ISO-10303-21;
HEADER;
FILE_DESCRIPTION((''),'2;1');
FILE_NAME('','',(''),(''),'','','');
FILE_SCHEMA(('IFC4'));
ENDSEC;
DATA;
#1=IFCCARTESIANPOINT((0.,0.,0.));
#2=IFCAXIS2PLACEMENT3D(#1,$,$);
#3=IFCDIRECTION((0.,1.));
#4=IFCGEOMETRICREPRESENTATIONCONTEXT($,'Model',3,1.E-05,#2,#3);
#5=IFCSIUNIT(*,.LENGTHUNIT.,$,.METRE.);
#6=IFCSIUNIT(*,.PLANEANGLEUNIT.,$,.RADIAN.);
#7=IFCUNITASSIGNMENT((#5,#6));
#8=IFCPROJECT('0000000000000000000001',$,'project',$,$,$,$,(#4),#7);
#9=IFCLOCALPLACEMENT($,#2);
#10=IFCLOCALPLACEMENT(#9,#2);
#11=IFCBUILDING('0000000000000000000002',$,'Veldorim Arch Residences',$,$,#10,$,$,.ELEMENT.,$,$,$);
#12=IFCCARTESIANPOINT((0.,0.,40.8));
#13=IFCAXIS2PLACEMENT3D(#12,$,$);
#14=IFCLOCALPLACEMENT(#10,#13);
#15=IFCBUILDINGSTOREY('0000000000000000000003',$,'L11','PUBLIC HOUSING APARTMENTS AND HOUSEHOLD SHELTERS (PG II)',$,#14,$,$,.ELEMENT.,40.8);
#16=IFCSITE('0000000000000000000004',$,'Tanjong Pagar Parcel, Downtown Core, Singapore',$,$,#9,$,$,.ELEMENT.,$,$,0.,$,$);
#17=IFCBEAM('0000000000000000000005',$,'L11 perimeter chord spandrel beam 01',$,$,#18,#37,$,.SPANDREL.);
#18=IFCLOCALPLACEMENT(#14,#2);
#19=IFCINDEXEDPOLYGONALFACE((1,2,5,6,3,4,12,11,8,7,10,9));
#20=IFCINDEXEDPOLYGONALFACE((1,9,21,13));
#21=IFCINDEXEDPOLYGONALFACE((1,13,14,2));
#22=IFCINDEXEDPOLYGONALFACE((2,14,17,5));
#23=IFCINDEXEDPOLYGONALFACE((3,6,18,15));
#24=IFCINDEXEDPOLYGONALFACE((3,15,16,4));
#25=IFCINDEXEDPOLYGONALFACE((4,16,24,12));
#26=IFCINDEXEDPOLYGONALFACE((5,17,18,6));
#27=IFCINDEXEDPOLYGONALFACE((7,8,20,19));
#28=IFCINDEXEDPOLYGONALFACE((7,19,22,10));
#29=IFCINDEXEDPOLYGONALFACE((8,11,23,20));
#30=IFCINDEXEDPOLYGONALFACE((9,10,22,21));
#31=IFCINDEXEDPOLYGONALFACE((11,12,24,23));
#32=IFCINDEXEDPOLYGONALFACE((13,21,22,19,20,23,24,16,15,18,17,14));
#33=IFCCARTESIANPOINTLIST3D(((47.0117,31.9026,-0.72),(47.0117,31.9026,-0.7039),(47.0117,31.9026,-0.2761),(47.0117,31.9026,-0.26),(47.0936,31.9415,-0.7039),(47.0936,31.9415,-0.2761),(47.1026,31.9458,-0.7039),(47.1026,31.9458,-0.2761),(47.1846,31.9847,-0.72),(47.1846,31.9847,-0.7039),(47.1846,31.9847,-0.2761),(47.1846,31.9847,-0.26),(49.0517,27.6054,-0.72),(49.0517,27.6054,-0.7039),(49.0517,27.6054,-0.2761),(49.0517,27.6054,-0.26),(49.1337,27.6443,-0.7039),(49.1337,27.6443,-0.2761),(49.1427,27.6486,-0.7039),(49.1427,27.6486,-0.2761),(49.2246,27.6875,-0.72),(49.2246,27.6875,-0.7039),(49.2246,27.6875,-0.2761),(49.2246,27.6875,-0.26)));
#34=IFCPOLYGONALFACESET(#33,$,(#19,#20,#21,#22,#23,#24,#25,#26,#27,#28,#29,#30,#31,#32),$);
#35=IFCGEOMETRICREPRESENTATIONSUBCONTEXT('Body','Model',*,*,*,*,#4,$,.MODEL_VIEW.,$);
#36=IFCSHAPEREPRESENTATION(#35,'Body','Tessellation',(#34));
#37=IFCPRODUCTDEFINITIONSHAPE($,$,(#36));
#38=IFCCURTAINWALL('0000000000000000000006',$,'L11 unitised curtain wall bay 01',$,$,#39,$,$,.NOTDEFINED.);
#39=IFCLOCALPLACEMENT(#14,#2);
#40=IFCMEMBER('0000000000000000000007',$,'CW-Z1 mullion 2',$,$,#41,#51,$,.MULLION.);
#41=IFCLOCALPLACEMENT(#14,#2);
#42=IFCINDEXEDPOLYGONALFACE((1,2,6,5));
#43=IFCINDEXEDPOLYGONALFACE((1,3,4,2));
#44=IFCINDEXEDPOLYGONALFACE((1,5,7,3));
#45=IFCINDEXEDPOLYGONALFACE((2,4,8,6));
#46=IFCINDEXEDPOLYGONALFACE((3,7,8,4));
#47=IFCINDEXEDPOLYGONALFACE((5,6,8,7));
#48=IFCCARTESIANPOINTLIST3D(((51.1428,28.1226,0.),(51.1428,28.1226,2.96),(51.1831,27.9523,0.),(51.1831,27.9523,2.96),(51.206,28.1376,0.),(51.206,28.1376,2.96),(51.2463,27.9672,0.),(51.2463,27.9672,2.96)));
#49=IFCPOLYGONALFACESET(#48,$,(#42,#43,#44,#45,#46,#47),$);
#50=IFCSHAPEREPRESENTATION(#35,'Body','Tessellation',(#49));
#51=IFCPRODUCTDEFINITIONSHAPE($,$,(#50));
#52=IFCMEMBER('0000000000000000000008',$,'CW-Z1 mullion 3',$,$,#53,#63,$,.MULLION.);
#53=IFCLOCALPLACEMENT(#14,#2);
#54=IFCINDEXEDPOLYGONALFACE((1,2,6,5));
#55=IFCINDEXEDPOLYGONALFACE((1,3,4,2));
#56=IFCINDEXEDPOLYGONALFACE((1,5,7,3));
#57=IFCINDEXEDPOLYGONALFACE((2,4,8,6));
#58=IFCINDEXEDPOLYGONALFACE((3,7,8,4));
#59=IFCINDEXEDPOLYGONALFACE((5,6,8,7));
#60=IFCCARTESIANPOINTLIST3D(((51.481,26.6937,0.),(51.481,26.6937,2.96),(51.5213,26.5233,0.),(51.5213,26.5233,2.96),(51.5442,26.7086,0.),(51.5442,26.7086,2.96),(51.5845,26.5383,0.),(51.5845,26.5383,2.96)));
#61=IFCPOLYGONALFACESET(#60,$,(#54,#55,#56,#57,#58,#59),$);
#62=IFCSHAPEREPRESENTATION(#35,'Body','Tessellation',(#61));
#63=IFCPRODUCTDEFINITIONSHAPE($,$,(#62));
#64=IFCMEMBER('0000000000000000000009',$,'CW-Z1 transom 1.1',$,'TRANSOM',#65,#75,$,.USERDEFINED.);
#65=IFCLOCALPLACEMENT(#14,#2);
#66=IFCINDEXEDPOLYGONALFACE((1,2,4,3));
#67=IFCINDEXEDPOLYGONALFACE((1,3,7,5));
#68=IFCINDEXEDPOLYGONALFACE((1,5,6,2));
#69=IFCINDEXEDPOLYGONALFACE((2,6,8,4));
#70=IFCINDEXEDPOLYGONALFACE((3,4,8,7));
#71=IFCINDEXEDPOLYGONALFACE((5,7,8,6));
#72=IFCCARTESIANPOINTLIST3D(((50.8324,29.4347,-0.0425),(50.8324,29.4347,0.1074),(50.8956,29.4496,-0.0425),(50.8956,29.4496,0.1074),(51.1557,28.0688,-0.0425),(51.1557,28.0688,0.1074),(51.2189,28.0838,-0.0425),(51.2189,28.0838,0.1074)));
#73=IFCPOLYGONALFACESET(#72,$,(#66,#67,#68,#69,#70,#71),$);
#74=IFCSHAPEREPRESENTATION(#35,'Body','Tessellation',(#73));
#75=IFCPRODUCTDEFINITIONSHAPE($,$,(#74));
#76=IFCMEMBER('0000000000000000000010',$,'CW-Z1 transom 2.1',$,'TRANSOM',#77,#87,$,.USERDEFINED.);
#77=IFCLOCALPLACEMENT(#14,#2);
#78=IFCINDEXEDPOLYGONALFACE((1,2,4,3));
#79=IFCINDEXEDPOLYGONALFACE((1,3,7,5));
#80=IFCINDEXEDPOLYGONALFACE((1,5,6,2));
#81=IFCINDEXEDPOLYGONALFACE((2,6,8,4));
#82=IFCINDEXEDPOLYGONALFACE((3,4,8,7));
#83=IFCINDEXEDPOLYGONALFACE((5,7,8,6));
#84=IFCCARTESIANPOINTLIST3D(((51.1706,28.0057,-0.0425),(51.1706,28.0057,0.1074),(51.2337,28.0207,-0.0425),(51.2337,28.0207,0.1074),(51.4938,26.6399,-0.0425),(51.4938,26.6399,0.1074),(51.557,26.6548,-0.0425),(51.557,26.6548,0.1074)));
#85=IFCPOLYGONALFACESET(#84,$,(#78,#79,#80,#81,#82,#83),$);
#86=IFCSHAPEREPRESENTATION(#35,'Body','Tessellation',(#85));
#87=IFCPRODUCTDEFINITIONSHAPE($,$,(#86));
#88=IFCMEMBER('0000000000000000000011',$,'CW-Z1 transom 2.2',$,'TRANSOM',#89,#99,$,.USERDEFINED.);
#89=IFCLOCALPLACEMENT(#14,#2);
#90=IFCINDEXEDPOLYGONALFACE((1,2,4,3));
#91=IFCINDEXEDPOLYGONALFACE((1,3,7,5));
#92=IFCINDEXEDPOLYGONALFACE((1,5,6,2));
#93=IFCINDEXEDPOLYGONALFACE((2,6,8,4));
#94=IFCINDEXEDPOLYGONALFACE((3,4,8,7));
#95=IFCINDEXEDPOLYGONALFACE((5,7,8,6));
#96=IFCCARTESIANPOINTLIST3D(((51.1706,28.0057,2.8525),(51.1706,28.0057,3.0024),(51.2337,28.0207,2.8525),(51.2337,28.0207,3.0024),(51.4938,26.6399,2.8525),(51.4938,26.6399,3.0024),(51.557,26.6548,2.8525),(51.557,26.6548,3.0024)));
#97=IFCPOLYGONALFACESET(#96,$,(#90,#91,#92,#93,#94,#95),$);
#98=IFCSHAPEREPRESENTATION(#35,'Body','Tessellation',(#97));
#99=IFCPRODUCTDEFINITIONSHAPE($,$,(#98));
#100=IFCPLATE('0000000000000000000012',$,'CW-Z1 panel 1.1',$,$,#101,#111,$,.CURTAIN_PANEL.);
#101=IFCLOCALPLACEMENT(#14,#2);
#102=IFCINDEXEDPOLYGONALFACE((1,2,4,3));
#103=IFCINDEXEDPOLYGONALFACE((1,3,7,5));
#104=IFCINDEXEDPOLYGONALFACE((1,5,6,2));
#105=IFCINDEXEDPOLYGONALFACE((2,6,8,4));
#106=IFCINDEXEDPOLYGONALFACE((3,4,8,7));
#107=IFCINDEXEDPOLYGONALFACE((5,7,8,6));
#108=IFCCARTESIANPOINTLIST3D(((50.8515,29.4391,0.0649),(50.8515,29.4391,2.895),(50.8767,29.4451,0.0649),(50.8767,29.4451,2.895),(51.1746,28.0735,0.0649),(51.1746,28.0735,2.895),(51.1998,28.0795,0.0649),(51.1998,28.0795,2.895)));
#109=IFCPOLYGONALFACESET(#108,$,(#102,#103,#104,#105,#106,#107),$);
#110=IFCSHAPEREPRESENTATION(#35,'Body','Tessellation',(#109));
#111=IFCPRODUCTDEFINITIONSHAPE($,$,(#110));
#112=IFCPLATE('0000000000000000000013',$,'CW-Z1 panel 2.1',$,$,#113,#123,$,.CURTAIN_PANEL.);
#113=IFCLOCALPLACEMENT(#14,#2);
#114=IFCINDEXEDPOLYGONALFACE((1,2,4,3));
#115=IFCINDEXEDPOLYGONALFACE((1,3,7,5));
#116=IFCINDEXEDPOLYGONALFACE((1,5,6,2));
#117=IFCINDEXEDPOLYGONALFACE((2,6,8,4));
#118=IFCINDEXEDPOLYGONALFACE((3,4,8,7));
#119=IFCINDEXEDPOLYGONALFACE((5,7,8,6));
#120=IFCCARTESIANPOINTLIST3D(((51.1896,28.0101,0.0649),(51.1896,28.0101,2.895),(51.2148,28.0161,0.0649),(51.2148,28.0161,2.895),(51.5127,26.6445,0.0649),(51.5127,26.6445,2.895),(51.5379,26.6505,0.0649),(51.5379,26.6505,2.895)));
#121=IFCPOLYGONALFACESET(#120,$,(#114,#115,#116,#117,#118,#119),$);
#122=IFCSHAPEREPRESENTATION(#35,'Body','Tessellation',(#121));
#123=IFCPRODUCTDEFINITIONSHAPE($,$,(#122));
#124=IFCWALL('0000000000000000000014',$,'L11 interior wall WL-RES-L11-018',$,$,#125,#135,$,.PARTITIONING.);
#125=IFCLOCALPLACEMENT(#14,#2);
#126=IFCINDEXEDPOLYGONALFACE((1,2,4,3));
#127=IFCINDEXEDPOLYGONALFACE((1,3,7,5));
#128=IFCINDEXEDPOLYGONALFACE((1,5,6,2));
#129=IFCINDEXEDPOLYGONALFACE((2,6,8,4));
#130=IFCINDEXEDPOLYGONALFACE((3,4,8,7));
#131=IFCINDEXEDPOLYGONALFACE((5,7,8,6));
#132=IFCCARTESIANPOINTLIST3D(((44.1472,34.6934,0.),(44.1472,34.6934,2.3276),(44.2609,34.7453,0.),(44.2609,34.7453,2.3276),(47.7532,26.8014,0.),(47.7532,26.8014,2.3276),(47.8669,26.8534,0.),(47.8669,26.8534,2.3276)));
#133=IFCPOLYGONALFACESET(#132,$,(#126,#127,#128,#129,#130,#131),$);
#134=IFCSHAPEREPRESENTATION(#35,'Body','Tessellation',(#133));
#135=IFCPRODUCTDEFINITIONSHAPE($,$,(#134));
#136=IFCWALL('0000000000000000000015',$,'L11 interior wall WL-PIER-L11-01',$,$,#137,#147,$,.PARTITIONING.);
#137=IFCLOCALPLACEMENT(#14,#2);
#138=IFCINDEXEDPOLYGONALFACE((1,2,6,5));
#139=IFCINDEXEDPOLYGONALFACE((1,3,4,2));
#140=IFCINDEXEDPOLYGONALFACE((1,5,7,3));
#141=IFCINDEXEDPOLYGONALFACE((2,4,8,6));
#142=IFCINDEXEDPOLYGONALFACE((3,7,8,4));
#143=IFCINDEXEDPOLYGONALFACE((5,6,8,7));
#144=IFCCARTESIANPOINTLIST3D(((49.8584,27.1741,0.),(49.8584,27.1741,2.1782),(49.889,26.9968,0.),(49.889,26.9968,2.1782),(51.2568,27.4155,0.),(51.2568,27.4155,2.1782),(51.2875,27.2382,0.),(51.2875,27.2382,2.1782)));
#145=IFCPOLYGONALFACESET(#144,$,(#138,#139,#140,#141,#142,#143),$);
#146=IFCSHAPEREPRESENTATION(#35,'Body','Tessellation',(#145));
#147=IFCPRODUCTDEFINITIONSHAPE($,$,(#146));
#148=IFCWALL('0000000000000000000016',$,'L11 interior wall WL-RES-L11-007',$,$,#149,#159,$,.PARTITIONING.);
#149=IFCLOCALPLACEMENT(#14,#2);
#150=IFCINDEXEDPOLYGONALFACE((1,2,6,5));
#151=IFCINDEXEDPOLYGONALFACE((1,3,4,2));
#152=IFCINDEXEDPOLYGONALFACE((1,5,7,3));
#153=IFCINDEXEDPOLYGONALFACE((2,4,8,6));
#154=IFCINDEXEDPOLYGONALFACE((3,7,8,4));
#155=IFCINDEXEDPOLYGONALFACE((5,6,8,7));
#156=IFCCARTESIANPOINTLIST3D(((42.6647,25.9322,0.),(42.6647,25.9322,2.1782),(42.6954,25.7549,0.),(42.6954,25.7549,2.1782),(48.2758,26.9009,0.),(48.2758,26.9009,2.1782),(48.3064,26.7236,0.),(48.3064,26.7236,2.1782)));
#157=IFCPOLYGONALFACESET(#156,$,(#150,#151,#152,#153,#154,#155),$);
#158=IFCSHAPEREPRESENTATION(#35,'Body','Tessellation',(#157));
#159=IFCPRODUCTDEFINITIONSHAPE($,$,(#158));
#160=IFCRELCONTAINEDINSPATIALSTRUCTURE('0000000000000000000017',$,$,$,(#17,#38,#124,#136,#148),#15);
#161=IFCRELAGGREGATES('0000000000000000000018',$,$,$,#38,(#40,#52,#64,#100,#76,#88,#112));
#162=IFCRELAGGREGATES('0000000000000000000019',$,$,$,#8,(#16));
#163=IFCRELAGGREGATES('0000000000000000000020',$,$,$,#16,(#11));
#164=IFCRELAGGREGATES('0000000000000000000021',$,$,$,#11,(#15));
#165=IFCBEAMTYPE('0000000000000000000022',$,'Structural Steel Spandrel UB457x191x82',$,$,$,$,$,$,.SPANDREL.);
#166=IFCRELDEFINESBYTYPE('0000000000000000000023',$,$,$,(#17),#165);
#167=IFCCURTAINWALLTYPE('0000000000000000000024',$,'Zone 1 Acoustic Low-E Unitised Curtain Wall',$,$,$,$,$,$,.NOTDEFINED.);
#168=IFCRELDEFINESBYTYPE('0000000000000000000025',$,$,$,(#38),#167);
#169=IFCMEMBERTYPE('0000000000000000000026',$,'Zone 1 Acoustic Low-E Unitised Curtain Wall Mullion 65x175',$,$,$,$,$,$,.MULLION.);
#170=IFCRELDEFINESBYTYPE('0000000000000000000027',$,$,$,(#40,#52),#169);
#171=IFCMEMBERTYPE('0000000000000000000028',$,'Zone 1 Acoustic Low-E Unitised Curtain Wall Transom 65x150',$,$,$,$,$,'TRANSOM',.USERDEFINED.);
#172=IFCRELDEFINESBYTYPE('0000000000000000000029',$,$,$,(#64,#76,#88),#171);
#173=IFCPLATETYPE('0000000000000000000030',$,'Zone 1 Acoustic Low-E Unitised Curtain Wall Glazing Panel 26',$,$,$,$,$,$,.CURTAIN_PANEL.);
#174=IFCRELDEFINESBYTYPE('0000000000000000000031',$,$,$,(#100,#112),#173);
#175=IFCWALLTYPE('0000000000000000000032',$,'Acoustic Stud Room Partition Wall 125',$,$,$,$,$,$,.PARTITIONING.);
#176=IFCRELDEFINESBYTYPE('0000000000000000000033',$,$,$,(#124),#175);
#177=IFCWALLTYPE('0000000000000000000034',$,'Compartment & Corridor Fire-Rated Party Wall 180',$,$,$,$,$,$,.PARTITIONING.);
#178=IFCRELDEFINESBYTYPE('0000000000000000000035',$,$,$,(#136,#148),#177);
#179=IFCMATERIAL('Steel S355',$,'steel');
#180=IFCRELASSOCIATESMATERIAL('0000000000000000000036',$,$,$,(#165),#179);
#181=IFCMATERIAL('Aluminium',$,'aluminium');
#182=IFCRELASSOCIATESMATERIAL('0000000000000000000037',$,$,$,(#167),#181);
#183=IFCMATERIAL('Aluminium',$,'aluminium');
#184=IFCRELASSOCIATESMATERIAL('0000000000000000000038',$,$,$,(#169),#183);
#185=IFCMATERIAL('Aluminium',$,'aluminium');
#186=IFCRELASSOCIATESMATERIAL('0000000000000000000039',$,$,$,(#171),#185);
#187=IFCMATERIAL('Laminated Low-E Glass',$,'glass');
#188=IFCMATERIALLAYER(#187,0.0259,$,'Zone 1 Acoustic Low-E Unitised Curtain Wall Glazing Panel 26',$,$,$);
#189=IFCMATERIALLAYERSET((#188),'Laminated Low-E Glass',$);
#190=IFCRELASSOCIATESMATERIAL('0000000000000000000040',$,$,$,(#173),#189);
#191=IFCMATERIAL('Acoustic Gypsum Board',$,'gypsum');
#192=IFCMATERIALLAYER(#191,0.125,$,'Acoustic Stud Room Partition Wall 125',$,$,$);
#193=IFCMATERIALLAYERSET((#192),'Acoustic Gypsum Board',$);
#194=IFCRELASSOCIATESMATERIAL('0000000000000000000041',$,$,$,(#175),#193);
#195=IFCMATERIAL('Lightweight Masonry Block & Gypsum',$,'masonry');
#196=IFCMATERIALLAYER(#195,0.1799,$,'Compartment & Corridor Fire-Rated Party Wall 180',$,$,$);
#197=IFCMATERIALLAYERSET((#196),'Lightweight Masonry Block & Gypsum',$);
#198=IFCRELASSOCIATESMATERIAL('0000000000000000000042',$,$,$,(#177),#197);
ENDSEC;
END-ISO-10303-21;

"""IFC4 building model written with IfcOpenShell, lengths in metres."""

from ifc_helpers import new_model, si_unit, direction, frame, frame_2d, origin, origin_2d, place, context, subcontext, project, spatial, rectangle, i_section, extrude, material, layer, layer_set, material_profile, profile_set, type_object, element, aggregate, save


model = new_model("IFC4")

# Units and contexts
model_context = context("Model", 3, precision=1e-05, world=origin(), true_north=direction((0.0, 1.0)))
body_context = subcontext(model_context, "Body", "Model", "MODEL_VIEW")
ifc_project = project(units=[si_unit("LENGTHUNIT", "METRE"), si_unit("PLANEANGLEUNIT", "RADIAN")], contexts=[model_context])

# Site, building, storey
site_placement = place(None, origin())
site = spatial("IfcSite", under=ifc_project, at=site_placement, Name="Tanjong Pagar Parcel, Downtown Core, Singapore", CompositionType="ELEMENT", RefElevation=0.0)
building_placement = place(site_placement, origin())
building = spatial("IfcBuilding", under=site, at=building_placement, Name="Veldorim Arch Residences", CompositionType="ELEMENT")
storey_placement = place(building_placement, frame((0.0, 0.0, 40.8)))
storey = spatial("IfcBuildingStorey", under=building, at=storey_placement, Name="L11", Description="PUBLIC HOUSING APARTMENTS AND HOUSEHOLD SHELTERS (PG II)", CompositionType="ELEMENT", Elevation=40.8)

# Beam
ifc_material_1 = material(Name="Steel S355", Category="steel")
ifc_material_profile_1 = material_profile(ifc_material_1, i_section(OverallWidth=0.1914, OverallDepth=0.46, WebThickness=0.01, FlangeThickness=0.0161, at=origin_2d()), Name="UB457x191x82")
ifc_profile_set_1 = profile_set([ifc_material_profile_1], Name="Steel S355")
beam_type_1 = type_object("IfcBeamType", Name="Structural Steel Spandrel UB457x191x82", PredefinedType="SPANDREL", material=ifc_profile_set_1)
beam_1_placement = place(storey_placement, frame((49.1382, 27.6465, -0.49), z_axis=(-0.428869, 0.903366, 0.0), x_axis=(-0.903366, -0.428869, 0.0)))
element("IfcBeam", 1, at=beam_1_placement, inside=storey, type_object=beam_type_1, Name="L11 perimeter chord spandrel beam 01", PredefinedType="SPANDREL", context=body_context, shape_type="SweptSolid", body=[
    extrude(i_section(OverallWidth=0.1914, OverallDepth=0.46, WebThickness=0.01, FlangeThickness=0.0161, at=origin_2d()), origin(), (0.0, 0.0, 1.0), 4.7568),
])

# Curtain wall, members, plates
ifc_material_2 = material(Name="Aluminium", Category="aluminium")
curtain_wall_type = type_object("IfcCurtainWallType", Name="Zone 1 Acoustic Low-E Unitised Curtain Wall", PredefinedType="NOTDEFINED", material=ifc_material_2)
curtain_wall_placement = place(storey_placement, origin())
curtain_wall = element("IfcCurtainWall", 2, at=curtain_wall_placement, inside=storey, type_object=curtain_wall_type, Name="L11 unitised curtain wall bay 01", PredefinedType="NOTDEFINED")
ifc_material_3 = material(Name="Aluminium", Category="aluminium")
ifc_material_profile_2 = material_profile(ifc_material_3, rectangle(XDim=0.0649, YDim=0.175, at=origin_2d()), Name="ALU_MUL_65x175")
ifc_profile_set_2 = profile_set([ifc_material_profile_2], Name="Aluminium")
member_type_1 = type_object("IfcMemberType", Name="Zone 1 Acoustic Low-E Unitised Curtain Wall Mullion 65x175", PredefinedType="MULLION", material=ifc_profile_set_2)
member_1_placement = place(storey_placement, frame((51.1946, 28.0449, 0.0), z_axis=(0.0, 0.0, 1.0), x_axis=(0.97313, 0.230257, 0.0)))
member_1 = element("IfcMember", 3, at=member_1_placement, type_object=member_type_1, Name="CW-Z1 mullion 2", PredefinedType="MULLION", context=body_context, shape_type="SweptSolid", body=[
    extrude(rectangle(XDim=0.0649, YDim=0.175, at=origin_2d()), origin(), (0.0, 0.0, 1.0), 2.96),
])
member_2_placement = place(storey_placement, frame((51.5327, 26.616, 0.0), z_axis=(0.0, 0.0, 1.0), x_axis=(0.97313, 0.230257, 0.0)))
member_2 = element("IfcMember", 4, at=member_2_placement, type_object=member_type_1, Name="CW-Z1 mullion 3", PredefinedType="MULLION", context=body_context, shape_type="SweptSolid", body=[
    extrude(rectangle(XDim=0.0649, YDim=0.175, at=origin_2d()), origin(), (0.0, 0.0, 1.0), 2.96),
])
ifc_material_4 = material(Name="Aluminium", Category="aluminium")
ifc_material_profile_3 = material_profile(ifc_material_4, rectangle(XDim=0.0649, YDim=0.1499, at=origin_2d()), Name="ALU_TRN_65x150")
ifc_profile_set_3 = profile_set([ifc_material_profile_3], Name="Aluminium")
member_type_2 = type_object("IfcMemberType", Name="Zone 1 Acoustic Low-E Unitised Curtain Wall Transom 65x150", ElementType="TRANSOM", PredefinedType="USERDEFINED", material=ifc_profile_set_3)
member_3_placement = place(storey_placement, frame((50.864, 29.4421, 0.0325), z_axis=(0.230319, -0.973115, 0.0), x_axis=(0.973115, 0.230319, 0.0)))
member_3 = element("IfcMember", 5, at=member_3_placement, type_object=member_type_2, Name="CW-Z1 transom 1.1", ObjectType="TRANSOM", PredefinedType="USERDEFINED", context=body_context, shape_type="SweptSolid", body=[
    extrude(rectangle(XDim=0.0649, YDim=0.1499, at=origin_2d()), origin(), (0.0, 0.0, 1.0), 1.4036),
])
member_4_placement = place(storey_placement, frame((51.2021, 28.0132, 0.0325), z_axis=(0.230319, -0.973115, 0.0), x_axis=(0.973115, 0.230319, 0.0)))
member_4 = element("IfcMember", 6, at=member_4_placement, type_object=member_type_2, Name="CW-Z1 transom 2.1", ObjectType="TRANSOM", PredefinedType="USERDEFINED", context=body_context, shape_type="SweptSolid", body=[
    extrude(rectangle(XDim=0.0649, YDim=0.1499, at=origin_2d()), origin(), (0.0, 0.0, 1.0), 1.4036),
])
member_5_placement = place(storey_placement, frame((51.2021, 28.0132, 2.9275), z_axis=(0.230319, -0.973115, 0.0), x_axis=(0.973115, 0.230319, 0.0)))
member_5 = element("IfcMember", 7, at=member_5_placement, type_object=member_type_2, Name="CW-Z1 transom 2.2", ObjectType="TRANSOM", PredefinedType="USERDEFINED", context=body_context, shape_type="SweptSolid", body=[
    extrude(rectangle(XDim=0.0649, YDim=0.1499, at=origin_2d()), origin(), (0.0, 0.0, 1.0), 1.4036),
])
ifc_material_5 = material(Name="Laminated Low-E Glass", Category="glass")
ifc_layer_1 = layer(ifc_material_5, 0.0259, Name="Zone 1 Acoustic Low-E Unitised Curtain Wall Glazing Panel 26")
ifc_layer_set_1 = layer_set([ifc_layer_1], Name="Laminated Low-E Glass")
plate_type = type_object("IfcPlateType", Name="Zone 1 Acoustic Low-E Unitised Curtain Wall Glazing Panel 26", PredefinedType="CURTAIN_PANEL", material=ifc_layer_set_1)
plate_1_placement = place(storey_placement, frame((51.0256, 28.7593, 0.0649), z_axis=(0.0, 0.0, 1.0), x_axis=(0.230257, -0.97313, 0.0)))
plate_1 = element("IfcPlate", 8, at=plate_1_placement, type_object=plate_type, Name="CW-Z1 panel 1.1", PredefinedType="CURTAIN_PANEL", context=body_context, shape_type="SweptSolid", body=[
    extrude(rectangle(XDim=1.4033, YDim=0.0259, at=origin_2d()), origin(), (0.0, 0.0, 1.0), 2.8301),
])
plate_2_placement = place(storey_placement, frame((51.3638, 27.3303, 0.0649), z_axis=(0.0, 0.0, 1.0), x_axis=(0.230257, -0.97313, 0.0)))
plate_2 = element("IfcPlate", 9, at=plate_2_placement, type_object=plate_type, Name="CW-Z1 panel 2.1", PredefinedType="CURTAIN_PANEL", context=body_context, shape_type="SweptSolid", body=[
    extrude(rectangle(XDim=1.4033, YDim=0.0259, at=origin_2d()), origin(), (0.0, 0.0, 1.0), 2.8301),
])
aggregate(curtain_wall, [member_1, member_2, member_3, plate_1, member_4, member_5, plate_2])

# Walls
ifc_material_6 = material(Name="Acoustic Gypsum Board", Category="gypsum")
ifc_layer_2 = layer(ifc_material_6, 0.125, Name="Acoustic Stud Room Partition Wall 125")
ifc_layer_set_2 = layer_set([ifc_layer_2], Name="Acoustic Gypsum Board")
wall_type_1 = type_object("IfcWallType", Name="Acoustic Stud Room Partition Wall 125", PredefinedType="PARTITIONING", material=ifc_layer_set_2)
wall_1_placement = place(storey_placement, frame((47.8101, 26.8274, 0.0), z_axis=(0.0, 0.0, 1.0), x_axis=(-0.415594, 0.90955, 0.0)))
element("IfcWall", 10, at=wall_1_placement, inside=storey, type_object=wall_type_1, Name="L11 interior wall WL-RES-L11-018", PredefinedType="PARTITIONING", context=body_context, shape_type="SweptSolid", body=[
    extrude(rectangle(XDim=8.6768, YDim=0.125, at=frame_2d((4.3384, 0.0))), origin(), (0.0, 0.0, 1.0), 2.3276),
])
ifc_material_7 = material(Name="Lightweight Masonry Block & Gypsum", Category="masonry")
ifc_layer_3 = layer(ifc_material_7, 0.1799, Name="Compartment & Corridor Fire-Rated Party Wall 180")
ifc_layer_set_3 = layer_set([ifc_layer_3], Name="Lightweight Masonry Block & Gypsum")
wall_type_2 = type_object("IfcWallType", Name="Compartment & Corridor Fire-Rated Party Wall 180", PredefinedType="PARTITIONING", material=ifc_layer_set_3)
wall_2_placement = place(storey_placement, frame((49.8738, 27.0854, 0.0), z_axis=(0.0, 0.0, 1.0), x_axis=(0.985419, 0.170143, 0.0)))
element("IfcWall", 11, at=wall_2_placement, inside=storey, type_object=wall_type_2, Name="L11 interior wall WL-PIER-L11-01", PredefinedType="PARTITIONING", context=body_context, shape_type="SweptSolid", body=[
    extrude(rectangle(XDim=1.4192, YDim=0.1799, at=frame_2d((0.7095, 0.0))), origin(), (0.0, 0.0, 1.0), 2.1782),
])
wall_3_placement = place(storey_placement, frame((42.6799, 25.8435, 0.0), z_axis=(0.0, 0.0, 1.0), x_axis=(0.985421, 0.170132, 0.0)))
element("IfcWall", 12, at=wall_3_placement, inside=storey, type_object=wall_type_2, Name="L11 interior wall WL-RES-L11-007", PredefinedType="PARTITIONING", context=body_context, shape_type="SweptSolid", body=[
    extrude(rectangle(XDim=5.6941, YDim=0.1799, at=frame_2d((2.8472, 0.0))), origin(), (0.0, 0.0, 1.0), 2.1782),
])

save(model, "model.ifc")
